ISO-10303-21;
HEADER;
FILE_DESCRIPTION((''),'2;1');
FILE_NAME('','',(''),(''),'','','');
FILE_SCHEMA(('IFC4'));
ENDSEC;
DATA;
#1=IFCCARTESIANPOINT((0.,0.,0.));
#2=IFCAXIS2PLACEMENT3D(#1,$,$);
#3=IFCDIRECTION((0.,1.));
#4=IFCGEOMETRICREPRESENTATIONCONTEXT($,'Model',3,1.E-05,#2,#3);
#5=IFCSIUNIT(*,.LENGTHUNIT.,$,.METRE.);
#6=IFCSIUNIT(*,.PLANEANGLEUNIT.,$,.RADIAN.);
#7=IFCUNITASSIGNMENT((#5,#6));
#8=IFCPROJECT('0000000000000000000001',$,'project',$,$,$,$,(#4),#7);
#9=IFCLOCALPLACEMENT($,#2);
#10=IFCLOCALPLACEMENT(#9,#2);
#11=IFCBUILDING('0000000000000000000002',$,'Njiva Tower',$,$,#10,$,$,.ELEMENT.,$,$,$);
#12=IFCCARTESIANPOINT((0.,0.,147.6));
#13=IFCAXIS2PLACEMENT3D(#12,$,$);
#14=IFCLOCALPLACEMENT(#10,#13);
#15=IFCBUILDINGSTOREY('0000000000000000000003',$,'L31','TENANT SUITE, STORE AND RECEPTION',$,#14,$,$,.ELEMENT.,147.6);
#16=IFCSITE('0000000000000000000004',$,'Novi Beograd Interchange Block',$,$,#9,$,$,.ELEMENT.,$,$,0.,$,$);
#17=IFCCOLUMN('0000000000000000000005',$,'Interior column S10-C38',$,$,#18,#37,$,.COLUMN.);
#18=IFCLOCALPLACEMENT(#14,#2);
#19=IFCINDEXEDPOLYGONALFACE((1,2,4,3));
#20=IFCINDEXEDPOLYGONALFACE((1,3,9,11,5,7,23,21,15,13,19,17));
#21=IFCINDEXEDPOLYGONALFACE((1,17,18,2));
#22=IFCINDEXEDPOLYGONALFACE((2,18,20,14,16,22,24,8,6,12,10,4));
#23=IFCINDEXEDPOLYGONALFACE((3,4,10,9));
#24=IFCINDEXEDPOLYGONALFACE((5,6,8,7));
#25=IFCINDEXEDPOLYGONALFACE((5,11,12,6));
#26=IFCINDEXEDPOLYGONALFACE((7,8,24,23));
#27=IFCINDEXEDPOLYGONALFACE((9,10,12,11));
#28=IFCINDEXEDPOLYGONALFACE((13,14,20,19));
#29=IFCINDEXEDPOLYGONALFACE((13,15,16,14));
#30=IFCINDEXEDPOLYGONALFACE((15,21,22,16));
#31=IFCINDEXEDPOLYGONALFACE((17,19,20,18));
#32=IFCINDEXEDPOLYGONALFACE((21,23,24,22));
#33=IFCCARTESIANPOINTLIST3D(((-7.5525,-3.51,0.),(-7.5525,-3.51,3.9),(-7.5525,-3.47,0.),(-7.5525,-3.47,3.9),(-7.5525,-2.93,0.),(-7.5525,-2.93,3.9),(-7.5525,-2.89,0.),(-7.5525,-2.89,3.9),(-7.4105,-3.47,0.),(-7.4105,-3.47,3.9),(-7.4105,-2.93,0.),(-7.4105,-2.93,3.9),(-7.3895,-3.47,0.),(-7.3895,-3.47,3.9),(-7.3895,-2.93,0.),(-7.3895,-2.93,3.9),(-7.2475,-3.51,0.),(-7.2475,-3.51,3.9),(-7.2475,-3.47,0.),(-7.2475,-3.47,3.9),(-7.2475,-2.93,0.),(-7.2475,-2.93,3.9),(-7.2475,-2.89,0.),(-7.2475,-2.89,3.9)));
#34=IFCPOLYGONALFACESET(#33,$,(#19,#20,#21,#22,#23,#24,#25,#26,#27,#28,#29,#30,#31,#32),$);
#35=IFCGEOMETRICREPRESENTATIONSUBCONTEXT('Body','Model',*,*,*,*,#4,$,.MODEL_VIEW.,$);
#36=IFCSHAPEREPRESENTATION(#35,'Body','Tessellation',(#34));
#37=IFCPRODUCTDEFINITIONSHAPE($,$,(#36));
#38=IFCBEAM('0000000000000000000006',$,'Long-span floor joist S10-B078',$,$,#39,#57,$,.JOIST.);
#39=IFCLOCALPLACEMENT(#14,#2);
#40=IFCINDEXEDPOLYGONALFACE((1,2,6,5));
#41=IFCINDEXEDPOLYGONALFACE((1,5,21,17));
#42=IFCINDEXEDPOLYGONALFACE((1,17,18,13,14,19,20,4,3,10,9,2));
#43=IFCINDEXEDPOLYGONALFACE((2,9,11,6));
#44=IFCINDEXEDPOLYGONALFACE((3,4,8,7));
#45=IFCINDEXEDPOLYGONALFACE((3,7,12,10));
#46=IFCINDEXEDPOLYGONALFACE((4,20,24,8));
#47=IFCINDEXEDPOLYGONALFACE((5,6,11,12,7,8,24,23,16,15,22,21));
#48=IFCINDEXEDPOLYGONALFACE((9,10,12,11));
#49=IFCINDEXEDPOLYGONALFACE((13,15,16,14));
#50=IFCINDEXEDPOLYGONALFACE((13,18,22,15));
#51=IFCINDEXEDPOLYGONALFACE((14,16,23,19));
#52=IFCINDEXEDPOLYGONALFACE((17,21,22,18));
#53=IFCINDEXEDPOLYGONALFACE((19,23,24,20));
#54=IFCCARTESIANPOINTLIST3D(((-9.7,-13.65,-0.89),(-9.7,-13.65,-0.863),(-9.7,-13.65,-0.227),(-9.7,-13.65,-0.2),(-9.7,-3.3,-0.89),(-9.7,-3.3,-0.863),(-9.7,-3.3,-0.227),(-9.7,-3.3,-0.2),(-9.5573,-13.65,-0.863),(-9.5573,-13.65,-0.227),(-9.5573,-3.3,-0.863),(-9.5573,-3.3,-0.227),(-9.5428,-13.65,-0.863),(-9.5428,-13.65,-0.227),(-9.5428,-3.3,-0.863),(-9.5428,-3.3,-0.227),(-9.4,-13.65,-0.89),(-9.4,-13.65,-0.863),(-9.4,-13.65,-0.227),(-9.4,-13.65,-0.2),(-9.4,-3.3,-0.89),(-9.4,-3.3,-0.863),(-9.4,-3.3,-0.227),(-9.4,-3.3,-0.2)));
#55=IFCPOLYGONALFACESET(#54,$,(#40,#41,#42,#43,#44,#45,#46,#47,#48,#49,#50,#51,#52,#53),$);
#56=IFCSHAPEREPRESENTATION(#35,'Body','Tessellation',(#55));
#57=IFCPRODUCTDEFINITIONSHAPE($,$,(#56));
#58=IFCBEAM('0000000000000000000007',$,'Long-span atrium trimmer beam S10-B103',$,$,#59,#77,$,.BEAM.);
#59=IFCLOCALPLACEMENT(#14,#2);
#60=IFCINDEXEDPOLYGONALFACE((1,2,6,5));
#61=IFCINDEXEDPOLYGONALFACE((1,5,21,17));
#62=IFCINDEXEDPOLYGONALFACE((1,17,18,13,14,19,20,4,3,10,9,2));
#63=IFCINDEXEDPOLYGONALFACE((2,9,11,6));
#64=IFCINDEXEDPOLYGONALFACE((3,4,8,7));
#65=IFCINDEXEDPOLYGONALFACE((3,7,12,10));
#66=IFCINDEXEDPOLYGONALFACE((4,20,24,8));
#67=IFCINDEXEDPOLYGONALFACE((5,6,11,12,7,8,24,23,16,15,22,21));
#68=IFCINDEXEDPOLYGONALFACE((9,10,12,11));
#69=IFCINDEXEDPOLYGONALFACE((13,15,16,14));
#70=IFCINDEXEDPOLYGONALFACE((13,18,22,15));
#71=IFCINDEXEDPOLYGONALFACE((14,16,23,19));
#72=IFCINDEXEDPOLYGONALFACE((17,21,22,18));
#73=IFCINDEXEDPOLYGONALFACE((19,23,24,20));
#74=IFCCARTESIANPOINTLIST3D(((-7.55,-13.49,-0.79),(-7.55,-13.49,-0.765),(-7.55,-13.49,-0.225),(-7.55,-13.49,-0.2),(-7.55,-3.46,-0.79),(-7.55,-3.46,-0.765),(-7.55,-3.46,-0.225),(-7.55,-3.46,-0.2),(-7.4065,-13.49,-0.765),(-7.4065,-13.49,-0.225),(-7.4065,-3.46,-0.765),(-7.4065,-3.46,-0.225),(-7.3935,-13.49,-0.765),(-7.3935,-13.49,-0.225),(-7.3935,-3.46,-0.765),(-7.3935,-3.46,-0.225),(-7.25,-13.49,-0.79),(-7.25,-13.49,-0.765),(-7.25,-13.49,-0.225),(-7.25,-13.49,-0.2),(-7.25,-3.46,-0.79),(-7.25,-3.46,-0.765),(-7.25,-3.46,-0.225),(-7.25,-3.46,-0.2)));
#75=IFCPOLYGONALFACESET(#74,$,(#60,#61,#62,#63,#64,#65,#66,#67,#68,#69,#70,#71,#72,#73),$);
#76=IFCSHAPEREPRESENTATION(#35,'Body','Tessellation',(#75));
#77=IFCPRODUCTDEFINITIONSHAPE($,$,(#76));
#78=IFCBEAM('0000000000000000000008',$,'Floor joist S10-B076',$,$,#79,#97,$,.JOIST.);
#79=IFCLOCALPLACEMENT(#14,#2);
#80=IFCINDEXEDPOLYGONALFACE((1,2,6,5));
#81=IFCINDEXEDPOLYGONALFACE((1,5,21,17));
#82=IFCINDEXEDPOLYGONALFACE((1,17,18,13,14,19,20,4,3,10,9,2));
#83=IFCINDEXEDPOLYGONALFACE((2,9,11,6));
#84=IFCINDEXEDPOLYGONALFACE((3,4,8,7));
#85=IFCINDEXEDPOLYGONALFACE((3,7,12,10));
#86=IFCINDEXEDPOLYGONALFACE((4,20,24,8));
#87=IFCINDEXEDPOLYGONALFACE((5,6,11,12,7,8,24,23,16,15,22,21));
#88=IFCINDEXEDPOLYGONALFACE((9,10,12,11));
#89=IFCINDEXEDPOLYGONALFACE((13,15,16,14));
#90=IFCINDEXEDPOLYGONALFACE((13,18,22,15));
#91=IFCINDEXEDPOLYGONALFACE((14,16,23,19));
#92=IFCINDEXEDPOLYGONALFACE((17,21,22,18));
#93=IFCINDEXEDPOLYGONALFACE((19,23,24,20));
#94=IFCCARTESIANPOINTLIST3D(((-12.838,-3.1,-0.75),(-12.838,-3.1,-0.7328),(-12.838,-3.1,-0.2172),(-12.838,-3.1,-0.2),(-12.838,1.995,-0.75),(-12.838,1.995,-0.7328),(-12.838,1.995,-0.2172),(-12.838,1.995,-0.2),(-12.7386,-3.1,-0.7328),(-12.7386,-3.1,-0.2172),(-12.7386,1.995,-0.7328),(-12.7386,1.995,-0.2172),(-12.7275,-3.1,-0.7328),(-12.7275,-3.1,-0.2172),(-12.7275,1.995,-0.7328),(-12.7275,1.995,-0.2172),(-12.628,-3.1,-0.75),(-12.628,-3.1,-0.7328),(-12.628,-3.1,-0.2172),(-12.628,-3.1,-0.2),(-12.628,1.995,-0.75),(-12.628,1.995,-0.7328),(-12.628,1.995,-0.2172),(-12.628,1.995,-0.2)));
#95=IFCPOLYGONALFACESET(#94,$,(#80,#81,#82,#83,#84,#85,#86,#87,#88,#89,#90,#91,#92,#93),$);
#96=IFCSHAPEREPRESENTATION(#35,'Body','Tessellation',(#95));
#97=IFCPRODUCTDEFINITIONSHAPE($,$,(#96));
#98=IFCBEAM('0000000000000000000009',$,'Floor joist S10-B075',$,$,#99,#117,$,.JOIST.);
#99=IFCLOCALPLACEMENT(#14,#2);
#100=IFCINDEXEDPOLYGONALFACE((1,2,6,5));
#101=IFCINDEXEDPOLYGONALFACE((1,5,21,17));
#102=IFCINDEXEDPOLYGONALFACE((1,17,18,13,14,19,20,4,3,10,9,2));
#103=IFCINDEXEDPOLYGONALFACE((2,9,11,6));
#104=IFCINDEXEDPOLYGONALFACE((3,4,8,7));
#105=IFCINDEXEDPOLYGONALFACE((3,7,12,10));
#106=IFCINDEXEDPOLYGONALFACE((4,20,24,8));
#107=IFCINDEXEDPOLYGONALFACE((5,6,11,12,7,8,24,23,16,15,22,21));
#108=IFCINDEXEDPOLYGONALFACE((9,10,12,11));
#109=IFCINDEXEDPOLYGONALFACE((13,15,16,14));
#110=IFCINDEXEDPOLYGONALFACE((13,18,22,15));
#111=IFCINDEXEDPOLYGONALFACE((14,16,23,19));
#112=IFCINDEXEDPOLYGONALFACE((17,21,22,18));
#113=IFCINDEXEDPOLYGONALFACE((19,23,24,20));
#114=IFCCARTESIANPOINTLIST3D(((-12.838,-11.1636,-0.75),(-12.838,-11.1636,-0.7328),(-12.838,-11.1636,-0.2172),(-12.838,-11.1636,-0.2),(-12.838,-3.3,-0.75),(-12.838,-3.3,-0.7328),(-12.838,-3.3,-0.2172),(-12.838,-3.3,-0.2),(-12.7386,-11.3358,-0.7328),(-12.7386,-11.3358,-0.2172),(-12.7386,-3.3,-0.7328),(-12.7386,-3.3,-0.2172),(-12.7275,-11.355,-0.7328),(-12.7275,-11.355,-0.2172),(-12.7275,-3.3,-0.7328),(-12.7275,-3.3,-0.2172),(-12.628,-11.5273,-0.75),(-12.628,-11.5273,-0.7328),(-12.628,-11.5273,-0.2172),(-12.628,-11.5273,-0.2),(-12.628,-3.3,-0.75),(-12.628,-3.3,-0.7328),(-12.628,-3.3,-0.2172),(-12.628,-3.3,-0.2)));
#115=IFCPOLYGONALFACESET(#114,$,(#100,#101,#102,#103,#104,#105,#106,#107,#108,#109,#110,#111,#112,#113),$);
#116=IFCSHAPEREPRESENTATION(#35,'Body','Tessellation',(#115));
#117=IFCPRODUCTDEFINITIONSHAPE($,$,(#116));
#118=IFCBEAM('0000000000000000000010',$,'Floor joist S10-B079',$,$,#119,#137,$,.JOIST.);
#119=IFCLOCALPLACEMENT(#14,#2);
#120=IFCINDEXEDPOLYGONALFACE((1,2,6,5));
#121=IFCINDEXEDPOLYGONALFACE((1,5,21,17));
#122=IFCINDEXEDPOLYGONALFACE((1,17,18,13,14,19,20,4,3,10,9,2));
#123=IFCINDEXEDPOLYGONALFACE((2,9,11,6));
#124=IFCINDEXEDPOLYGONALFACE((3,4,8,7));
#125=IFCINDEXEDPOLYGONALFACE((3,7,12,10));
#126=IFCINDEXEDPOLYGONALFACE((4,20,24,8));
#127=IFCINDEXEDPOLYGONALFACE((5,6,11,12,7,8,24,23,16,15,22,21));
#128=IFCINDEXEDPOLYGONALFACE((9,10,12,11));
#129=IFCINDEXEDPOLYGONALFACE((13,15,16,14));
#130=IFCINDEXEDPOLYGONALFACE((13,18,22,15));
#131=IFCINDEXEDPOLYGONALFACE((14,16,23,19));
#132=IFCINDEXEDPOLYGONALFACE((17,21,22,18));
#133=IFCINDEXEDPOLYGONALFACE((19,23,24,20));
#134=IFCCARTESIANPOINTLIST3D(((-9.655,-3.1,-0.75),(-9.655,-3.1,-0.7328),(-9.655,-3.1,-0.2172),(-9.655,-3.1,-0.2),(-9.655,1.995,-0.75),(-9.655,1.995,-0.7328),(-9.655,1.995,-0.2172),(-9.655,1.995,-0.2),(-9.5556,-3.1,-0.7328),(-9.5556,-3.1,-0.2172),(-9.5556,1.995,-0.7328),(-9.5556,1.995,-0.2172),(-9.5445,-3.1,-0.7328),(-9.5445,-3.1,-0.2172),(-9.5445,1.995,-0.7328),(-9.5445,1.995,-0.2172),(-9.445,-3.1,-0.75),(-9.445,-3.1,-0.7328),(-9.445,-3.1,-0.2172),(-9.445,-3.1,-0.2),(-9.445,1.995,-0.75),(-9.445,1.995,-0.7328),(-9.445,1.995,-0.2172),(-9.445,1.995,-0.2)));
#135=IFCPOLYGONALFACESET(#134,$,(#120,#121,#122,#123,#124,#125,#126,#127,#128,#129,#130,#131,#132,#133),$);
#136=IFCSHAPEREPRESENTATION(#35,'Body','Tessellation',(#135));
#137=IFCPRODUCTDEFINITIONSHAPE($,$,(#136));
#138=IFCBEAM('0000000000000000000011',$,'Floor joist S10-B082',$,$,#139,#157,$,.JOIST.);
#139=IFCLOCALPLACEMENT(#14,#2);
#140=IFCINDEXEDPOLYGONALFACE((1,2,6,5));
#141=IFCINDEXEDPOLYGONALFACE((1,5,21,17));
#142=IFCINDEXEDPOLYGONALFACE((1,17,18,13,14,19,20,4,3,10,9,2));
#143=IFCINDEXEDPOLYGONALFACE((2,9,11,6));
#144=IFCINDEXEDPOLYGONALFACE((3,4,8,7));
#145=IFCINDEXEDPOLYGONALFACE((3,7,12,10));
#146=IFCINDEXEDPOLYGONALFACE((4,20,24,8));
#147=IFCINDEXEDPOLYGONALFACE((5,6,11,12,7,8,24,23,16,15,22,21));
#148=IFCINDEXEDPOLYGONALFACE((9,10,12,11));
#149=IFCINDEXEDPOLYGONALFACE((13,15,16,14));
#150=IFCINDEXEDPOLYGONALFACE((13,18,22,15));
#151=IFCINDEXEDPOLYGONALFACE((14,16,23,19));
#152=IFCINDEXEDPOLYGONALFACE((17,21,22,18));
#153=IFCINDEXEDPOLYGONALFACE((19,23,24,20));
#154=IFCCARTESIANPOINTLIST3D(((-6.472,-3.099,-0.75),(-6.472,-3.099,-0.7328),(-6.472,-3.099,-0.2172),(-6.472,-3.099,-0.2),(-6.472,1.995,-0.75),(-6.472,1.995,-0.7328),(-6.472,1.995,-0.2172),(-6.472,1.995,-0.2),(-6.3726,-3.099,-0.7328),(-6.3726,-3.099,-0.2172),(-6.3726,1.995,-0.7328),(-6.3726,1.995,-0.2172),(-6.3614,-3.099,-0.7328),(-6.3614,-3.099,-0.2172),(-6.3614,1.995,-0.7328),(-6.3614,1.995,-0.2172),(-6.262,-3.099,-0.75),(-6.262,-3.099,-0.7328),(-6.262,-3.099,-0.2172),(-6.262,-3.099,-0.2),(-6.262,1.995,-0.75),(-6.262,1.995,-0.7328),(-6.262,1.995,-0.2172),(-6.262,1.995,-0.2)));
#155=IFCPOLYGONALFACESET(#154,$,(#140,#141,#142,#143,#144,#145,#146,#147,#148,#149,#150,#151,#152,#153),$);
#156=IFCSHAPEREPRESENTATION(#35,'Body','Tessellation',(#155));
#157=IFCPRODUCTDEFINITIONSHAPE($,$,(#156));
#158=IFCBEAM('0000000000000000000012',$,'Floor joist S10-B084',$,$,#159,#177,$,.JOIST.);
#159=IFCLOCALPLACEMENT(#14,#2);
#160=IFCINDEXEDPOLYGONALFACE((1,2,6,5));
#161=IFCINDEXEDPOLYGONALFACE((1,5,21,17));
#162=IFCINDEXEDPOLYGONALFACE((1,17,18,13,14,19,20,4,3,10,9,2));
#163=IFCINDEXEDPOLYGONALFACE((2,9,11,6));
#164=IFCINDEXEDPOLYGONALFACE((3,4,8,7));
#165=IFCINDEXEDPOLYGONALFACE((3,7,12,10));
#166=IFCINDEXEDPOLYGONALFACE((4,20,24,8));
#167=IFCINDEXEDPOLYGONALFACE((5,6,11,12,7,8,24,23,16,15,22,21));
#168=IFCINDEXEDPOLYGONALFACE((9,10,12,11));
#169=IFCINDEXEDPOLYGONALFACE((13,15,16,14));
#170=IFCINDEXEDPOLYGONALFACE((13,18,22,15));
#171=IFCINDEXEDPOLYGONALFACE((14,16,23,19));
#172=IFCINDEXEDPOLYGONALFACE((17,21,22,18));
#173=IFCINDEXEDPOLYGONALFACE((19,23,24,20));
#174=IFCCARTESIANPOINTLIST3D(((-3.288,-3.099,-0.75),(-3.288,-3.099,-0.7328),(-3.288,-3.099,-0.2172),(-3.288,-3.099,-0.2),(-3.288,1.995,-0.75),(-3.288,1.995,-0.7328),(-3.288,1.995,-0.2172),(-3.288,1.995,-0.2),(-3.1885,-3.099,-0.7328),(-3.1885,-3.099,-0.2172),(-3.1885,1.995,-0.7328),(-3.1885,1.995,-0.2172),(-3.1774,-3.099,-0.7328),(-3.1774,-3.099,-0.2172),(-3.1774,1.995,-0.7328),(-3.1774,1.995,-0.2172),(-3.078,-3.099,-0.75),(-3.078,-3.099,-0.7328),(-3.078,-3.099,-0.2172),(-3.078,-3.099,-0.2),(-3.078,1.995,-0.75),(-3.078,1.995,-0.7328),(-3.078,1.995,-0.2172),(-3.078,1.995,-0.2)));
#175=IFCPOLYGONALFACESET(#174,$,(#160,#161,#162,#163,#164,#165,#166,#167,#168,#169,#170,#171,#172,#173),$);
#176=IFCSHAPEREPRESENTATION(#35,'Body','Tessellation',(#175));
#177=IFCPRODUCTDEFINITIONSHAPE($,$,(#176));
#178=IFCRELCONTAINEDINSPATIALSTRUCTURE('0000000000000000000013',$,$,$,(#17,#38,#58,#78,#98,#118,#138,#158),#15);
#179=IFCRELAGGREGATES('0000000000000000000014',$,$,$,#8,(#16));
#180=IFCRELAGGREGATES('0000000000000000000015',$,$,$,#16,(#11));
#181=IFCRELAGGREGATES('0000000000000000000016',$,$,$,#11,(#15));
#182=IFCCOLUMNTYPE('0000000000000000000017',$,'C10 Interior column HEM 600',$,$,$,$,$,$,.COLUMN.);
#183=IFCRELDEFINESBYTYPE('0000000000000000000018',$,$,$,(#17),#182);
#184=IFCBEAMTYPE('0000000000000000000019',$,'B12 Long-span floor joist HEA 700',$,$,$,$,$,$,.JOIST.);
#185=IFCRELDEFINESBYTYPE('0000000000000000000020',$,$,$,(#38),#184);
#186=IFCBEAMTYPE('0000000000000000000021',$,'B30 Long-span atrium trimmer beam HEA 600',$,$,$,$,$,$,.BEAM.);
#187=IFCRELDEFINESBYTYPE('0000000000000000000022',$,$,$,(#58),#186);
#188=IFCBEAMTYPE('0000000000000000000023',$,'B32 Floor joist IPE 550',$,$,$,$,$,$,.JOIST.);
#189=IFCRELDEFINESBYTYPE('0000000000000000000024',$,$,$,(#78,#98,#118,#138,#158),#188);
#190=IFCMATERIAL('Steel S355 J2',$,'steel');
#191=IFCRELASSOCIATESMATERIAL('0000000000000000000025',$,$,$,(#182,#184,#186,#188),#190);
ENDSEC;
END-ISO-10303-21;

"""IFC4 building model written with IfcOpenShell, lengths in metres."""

from ifc_helpers import new_model, si_unit, direction, frame, origin, origin_2d, place, context, subcontext, project, spatial, i_section, extrude, clip, halfspace, material, material_profile, profile_set, type_object, element, save


model = new_model("IFC4")

# Units and contexts
model_context = context("Model", 3, precision=1e-05, world=origin(), true_north=direction((0.0, 1.0)))
body_context = subcontext(model_context, "Body", "Model", "MODEL_VIEW")
ifc_project = project(units=[si_unit("LENGTHUNIT", "METRE"), si_unit("PLANEANGLEUNIT", "RADIAN")], contexts=[model_context])

# Site, building, storey
site_placement = place(None, origin())
site = spatial("IfcSite", under=ifc_project, at=site_placement, Name="Novi Beograd Interchange Block", CompositionType="ELEMENT", RefElevation=0.0)
building_placement = place(site_placement, origin())
building = spatial("IfcBuilding", under=site, at=building_placement, Name="Njiva Tower", CompositionType="ELEMENT")
storey_placement = place(building_placement, frame((0.0, 0.0, 147.6)))
storey = spatial("IfcBuildingStorey", under=building, at=storey_placement, Name="L31", Description="TENANT SUITE, STORE AND RECEPTION", CompositionType="ELEMENT", Elevation=147.6)

# Column
ifc_material_1 = material(Name="Steel S355 J2", Category="steel")
ifc_material_profile_1 = material_profile(ifc_material_1, i_section(OverallWidth=0.305, OverallDepth=0.62, WebThickness=0.021, FlangeThickness=0.04, at=origin_2d()), Name="HEM 600")
ifc_profile_set_1 = profile_set([ifc_material_profile_1], Name="Steel S355 J2")
column_type = type_object("IfcColumnType", Name="C10 Interior column HEM 600", PredefinedType="COLUMN", material=ifc_profile_set_1)
column_placement = place(storey_placement, frame((-7.4, -3.2, 0.0), z_axis=(0.0, 0.0, 1.0), x_axis=(1.0, 0.0, 0.0)))
element("IfcColumn", 1, at=column_placement, inside=storey, type_object=column_type, Name="Interior column S10-C38", PredefinedType="COLUMN", context=body_context, shape_type="SweptSolid", body=[
    extrude(i_section(OverallWidth=0.305, OverallDepth=0.62, WebThickness=0.021, FlangeThickness=0.04, at=origin_2d()), origin(), (0.0, 0.0, 1.0), 3.9),
])

# Beams
ifc_material_profile_2 = material_profile(ifc_material_1, i_section(OverallWidth=0.3, OverallDepth=0.69, WebThickness=0.0145, FlangeThickness=0.027, at=origin_2d()), Name="HEA 700")
ifc_profile_set_2 = profile_set([ifc_material_profile_2], Name="Steel S355 J2")
beam_type_1 = type_object("IfcBeamType", Name="B12 Long-span floor joist HEA 700", PredefinedType="JOIST", material=ifc_profile_set_2)
beam_1_placement = place(storey_placement, frame((-9.55, -3.3, -0.545), z_axis=(0.0, -1.0, 0.0), x_axis=(1.0, 0.0, 0.0)))
element("IfcBeam", 2, at=beam_1_placement, inside=storey, type_object=beam_type_1, Name="Long-span floor joist S10-B078", PredefinedType="JOIST", context=body_context, shape_type="SweptSolid", body=[
    extrude(i_section(OverallWidth=0.3, OverallDepth=0.69, WebThickness=0.0145, FlangeThickness=0.027, at=origin_2d()), origin(), (0.0, 0.0, 1.0), 10.35),
])
ifc_material_profile_3 = material_profile(ifc_material_1, i_section(OverallWidth=0.3, OverallDepth=0.59, WebThickness=0.013, FlangeThickness=0.025, at=origin_2d()), Name="HEA 600")
ifc_profile_set_3 = profile_set([ifc_material_profile_3], Name="Steel S355 J2")
beam_type_2 = type_object("IfcBeamType", Name="B30 Long-span atrium trimmer beam HEA 600", PredefinedType="BEAM", material=ifc_profile_set_3)
beam_2_placement = place(storey_placement, frame((-7.4, -3.46, -0.495), z_axis=(0.0, -1.0, 0.0), x_axis=(1.0, 0.0, 0.0)))
element("IfcBeam", 3, at=beam_2_placement, inside=storey, type_object=beam_type_2, Name="Long-span atrium trimmer beam S10-B103", PredefinedType="BEAM", context=body_context, shape_type="SweptSolid", body=[
    extrude(i_section(OverallWidth=0.3, OverallDepth=0.59, WebThickness=0.013, FlangeThickness=0.025, at=origin_2d()), origin(), (0.0, 0.0, 1.0), 10.03),
])
ifc_material_profile_4 = material_profile(ifc_material_1, i_section(OverallWidth=0.21, OverallDepth=0.55, WebThickness=0.0111, FlangeThickness=0.0172, at=origin_2d()), Name="IPE 550")
ifc_profile_set_4 = profile_set([ifc_material_profile_4], Name="Steel S355 J2")
beam_type_3 = type_object("IfcBeamType", Name="B32 Floor joist IPE 550", PredefinedType="JOIST", material=ifc_profile_set_4)
beam_3_placement = place(storey_placement, frame((-12.733, 1.995, -0.475), z_axis=(0.0, -1.0, 0.0), x_axis=(1.0, 0.0, 0.0)))
element("IfcBeam", 4, at=beam_3_placement, inside=storey, type_object=beam_type_3, Name="Floor joist S10-B076", PredefinedType="JOIST", context=body_context, shape_type="SweptSolid", body=[
    extrude(i_section(OverallWidth=0.21, OverallDepth=0.55, WebThickness=0.0111, FlangeThickness=0.0172, at=origin_2d()), origin(), (0.0, 0.0, 1.0), 5.095),
])
beam_4_placement = place(storey_placement, frame((-12.733, -3.3, -0.475), z_axis=(0.0, -1.0, 0.0), x_axis=(1.0, 0.0, 0.0)))
element("IfcBeam", 5, at=beam_4_placement, inside=storey, type_object=beam_type_3, Name="Floor joist S10-B075", PredefinedType="JOIST", context=body_context, shape_type="Clipping", body=[
    clip(extrude(i_section(OverallWidth=0.21, OverallDepth=0.55, WebThickness=0.0111, FlangeThickness=0.0172, at=origin_2d()), origin(), (0.0, 0.0, 1.0), 8.247), halfspace(frame((-0.0436, 0.0, 7.9699), z_axis=(-0.866027, 0.0, 0.499998), x_axis=(0.0, 1.0, 0.0)), False)),
])
beam_5_placement = place(storey_placement, frame((-9.55, 1.995, -0.475), z_axis=(0.0, -1.0, 0.0), x_axis=(1.0, 0.0, 0.0)))
element("IfcBeam", 6, at=beam_5_placement, inside=storey, type_object=beam_type_3, Name="Floor joist S10-B079", PredefinedType="JOIST", context=body_context, shape_type="SweptSolid", body=[
    extrude(i_section(OverallWidth=0.21, OverallDepth=0.55, WebThickness=0.0111, FlangeThickness=0.0172, at=origin_2d()), origin(), (0.0, 0.0, 1.0), 5.095),
])
for number, where, z_axis, x_axis, name in (
    (7, (-6.367, 1.995, -0.475), (0.0, -1.0, 0.0), (1.0, 0.0, 0.0), "Floor joist S10-B082"),
    (8, (-3.183, 1.995, -0.475), (0.0, -1.0, 0.0), (1.0, 0.0, 0.0), "Floor joist S10-B084"),
):
    element("IfcBeam", number, at=place(storey_placement, frame(where, z_axis=z_axis, x_axis=x_axis)), inside=storey, type_object=beam_type_3, Name=name, PredefinedType="JOIST", context=body_context, shape_type="SweptSolid", body=[
        extrude(i_section(OverallWidth=0.21, OverallDepth=0.55, WebThickness=0.0111, FlangeThickness=0.0172, at=origin_2d()), origin(), (0.0, 0.0, 1.0), 5.094),
    ])

save(model, "model.ifc")
